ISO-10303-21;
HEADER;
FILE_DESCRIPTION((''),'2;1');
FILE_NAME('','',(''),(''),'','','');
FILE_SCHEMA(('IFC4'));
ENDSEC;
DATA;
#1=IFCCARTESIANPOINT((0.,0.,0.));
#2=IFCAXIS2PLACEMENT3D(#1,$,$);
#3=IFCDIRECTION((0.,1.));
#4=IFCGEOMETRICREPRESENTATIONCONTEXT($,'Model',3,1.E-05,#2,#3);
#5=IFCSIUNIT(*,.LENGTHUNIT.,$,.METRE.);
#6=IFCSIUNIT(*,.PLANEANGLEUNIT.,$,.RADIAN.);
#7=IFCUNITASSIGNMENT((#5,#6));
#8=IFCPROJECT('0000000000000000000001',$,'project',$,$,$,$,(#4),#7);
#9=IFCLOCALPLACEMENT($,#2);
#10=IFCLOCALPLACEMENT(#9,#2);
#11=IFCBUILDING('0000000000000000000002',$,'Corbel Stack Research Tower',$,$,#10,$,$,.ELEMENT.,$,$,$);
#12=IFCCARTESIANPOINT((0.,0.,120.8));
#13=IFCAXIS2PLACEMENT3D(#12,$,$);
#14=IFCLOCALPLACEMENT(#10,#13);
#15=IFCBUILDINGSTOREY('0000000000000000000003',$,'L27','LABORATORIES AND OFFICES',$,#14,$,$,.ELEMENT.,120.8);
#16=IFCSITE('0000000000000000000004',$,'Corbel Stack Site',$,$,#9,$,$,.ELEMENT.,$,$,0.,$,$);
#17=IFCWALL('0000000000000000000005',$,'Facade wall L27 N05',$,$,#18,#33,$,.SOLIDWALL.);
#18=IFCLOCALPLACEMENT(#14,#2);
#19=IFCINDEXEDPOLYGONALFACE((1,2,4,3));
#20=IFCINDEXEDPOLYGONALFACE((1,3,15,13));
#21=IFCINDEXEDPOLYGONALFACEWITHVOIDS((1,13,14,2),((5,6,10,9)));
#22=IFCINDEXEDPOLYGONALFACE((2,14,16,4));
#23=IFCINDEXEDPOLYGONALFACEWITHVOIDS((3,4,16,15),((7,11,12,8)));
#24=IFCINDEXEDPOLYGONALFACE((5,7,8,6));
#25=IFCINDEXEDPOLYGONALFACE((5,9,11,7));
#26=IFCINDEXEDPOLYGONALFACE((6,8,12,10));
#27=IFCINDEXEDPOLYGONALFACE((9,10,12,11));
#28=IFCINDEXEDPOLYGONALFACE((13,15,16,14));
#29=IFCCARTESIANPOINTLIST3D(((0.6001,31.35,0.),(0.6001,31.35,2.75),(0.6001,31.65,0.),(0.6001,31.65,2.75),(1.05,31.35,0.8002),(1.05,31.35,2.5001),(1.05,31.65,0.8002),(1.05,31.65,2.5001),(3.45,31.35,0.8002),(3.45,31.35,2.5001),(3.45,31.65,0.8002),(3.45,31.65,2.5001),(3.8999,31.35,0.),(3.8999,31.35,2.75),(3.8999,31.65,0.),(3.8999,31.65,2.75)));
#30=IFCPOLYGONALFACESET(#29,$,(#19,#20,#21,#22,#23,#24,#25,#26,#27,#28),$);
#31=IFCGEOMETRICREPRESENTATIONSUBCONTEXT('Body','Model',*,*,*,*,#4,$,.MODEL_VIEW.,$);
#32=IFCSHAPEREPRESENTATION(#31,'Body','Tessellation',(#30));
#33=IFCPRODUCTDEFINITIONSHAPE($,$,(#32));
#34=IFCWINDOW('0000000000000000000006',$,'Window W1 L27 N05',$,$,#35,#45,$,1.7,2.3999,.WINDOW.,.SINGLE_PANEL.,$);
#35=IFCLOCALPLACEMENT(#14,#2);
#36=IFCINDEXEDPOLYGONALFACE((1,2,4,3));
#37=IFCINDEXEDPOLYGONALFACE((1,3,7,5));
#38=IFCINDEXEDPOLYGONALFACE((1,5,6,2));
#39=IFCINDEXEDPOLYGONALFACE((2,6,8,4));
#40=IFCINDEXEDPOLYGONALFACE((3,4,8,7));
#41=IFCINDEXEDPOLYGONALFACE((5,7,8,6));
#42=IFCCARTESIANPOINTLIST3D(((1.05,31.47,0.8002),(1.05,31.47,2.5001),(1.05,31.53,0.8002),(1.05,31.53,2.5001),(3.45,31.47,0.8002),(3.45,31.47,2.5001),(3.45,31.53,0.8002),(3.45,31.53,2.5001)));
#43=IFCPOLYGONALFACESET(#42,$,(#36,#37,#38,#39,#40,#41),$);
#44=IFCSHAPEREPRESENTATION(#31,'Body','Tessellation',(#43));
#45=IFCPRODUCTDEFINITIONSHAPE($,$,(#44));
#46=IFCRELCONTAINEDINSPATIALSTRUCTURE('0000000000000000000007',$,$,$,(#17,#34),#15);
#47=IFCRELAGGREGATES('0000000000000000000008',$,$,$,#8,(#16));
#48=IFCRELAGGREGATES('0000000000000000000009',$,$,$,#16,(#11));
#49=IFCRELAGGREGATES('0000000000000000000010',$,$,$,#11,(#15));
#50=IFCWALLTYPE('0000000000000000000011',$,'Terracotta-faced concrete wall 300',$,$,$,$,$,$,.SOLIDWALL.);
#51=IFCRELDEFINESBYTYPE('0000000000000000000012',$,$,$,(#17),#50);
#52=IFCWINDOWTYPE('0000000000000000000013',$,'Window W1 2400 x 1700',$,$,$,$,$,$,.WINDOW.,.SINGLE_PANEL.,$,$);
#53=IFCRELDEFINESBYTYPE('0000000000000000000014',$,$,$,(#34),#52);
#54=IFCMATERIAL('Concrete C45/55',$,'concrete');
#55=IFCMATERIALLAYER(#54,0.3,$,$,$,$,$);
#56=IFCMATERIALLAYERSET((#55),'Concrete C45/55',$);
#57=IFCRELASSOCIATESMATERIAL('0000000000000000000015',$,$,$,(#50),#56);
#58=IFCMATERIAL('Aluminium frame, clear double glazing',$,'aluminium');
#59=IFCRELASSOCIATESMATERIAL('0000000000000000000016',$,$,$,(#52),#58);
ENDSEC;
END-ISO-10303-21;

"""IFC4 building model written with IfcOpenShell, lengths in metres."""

from ifc_helpers import new_model, si_unit, direction, frame, frame_2d, origin, place, context, subcontext, project, spatial, rectangle, extrude, material, layer, layer_set, type_object, element, fill, save


model = new_model("IFC4")

# Units and contexts
model_context = context("Model", 3, precision=1e-05, world=origin(), true_north=direction((0.0, 1.0)))
body_context = subcontext(model_context, "Body", "Model", "MODEL_VIEW")
ifc_project = project(units=[si_unit("LENGTHUNIT", "METRE"), si_unit("PLANEANGLEUNIT", "RADIAN")], contexts=[model_context])

# Site, building, storey
site_placement = place(None, origin())
site = spatial("IfcSite", under=ifc_project, at=site_placement, Name="Corbel Stack Site", CompositionType="ELEMENT", RefElevation=0.0)
building_placement = place(site_placement, origin())
building = spatial("IfcBuilding", under=site, at=building_placement, Name="Corbel Stack Research Tower", CompositionType="ELEMENT")
storey_placement = place(building_placement, frame((0.0, 0.0, 120.8)))
storey = spatial("IfcBuildingStorey", under=building, at=storey_placement, Name="L27", Description="LABORATORIES AND OFFICES", CompositionType="ELEMENT", Elevation=120.8)

# Wall, opening, window
ifc_material_1 = material(Name="Concrete C45/55", Category="concrete")
ifc_layer_1 = layer(ifc_material_1, 0.3)
ifc_layer_set_1 = layer_set([ifc_layer_1], Name="Concrete C45/55")
wall_type_1 = type_object("IfcWallType", Name="Terracotta-faced concrete wall 300", PredefinedType="SOLIDWALL", material=ifc_layer_set_1)
ifc_material_2 = material(Name="Aluminium frame, clear double glazing", Category="aluminium")
window_type = type_object("IfcWindowType", Name="Window W1 2400 x 1700", PartitioningType="SINGLE_PANEL", PredefinedType="WINDOW", material=ifc_material_2)
wall_1_placement = place(storey_placement, frame((0.6001, 31.5, 0.0), z_axis=(0.0, 0.0, 1.0), x_axis=(1.0, 0.0, 0.0)))
wall_1 = element("IfcWall", 1, at=wall_1_placement, inside=storey, type_object=wall_type_1, Name="Facade wall L27 N05", PredefinedType="SOLIDWALL", context=body_context, shape_type="SweptSolid", body=[
    extrude(rectangle(XDim=3.2998, YDim=0.3, at=frame_2d((1.6499, 0.0))), origin(), (0.0, 0.0, 1.0), 2.75),
])
opening_1_placement = place(wall_1_placement, frame((0.45, 0.0, 0.8)))
opening_1 = element("IfcOpeningElement", 2, at=opening_1_placement, cuts=wall_1, PredefinedType="OPENING", context=body_context, shape_type="SweptSolid", body=[
    extrude(rectangle(XDim=2.3999, YDim=1.7, at=frame_2d((1.2, 0.8501))), frame((0.0, 0.1599, 0.0), z_axis=(0.0, -1.0, 0.0), x_axis=(1.0, 0.0, 0.0)), (0.0, 0.0, 1.0), 0.3201),
])
window_1_placement = place(opening_1_placement, origin())
window_1 = element("IfcWindow", 3, at=window_1_placement, inside=storey, type_object=window_type, Name="Window W1 L27 N05", OverallHeight=1.7, OverallWidth=2.3999, PartitioningType="SINGLE_PANEL", PredefinedType="WINDOW", context=body_context, shape_type="SweptSolid", body=[
    extrude(rectangle(XDim=2.3999, YDim=1.7, at=frame_2d((1.2, 0.8501))), frame((0.0, 0.03, 0.0), z_axis=(0.0, -1.0, 0.0), x_axis=(1.0, 0.0, 0.0)), (0.0, 0.0, 1.0), 0.0601),
])
fill(opening_1, window_1)

save(model, "model.ifc")
